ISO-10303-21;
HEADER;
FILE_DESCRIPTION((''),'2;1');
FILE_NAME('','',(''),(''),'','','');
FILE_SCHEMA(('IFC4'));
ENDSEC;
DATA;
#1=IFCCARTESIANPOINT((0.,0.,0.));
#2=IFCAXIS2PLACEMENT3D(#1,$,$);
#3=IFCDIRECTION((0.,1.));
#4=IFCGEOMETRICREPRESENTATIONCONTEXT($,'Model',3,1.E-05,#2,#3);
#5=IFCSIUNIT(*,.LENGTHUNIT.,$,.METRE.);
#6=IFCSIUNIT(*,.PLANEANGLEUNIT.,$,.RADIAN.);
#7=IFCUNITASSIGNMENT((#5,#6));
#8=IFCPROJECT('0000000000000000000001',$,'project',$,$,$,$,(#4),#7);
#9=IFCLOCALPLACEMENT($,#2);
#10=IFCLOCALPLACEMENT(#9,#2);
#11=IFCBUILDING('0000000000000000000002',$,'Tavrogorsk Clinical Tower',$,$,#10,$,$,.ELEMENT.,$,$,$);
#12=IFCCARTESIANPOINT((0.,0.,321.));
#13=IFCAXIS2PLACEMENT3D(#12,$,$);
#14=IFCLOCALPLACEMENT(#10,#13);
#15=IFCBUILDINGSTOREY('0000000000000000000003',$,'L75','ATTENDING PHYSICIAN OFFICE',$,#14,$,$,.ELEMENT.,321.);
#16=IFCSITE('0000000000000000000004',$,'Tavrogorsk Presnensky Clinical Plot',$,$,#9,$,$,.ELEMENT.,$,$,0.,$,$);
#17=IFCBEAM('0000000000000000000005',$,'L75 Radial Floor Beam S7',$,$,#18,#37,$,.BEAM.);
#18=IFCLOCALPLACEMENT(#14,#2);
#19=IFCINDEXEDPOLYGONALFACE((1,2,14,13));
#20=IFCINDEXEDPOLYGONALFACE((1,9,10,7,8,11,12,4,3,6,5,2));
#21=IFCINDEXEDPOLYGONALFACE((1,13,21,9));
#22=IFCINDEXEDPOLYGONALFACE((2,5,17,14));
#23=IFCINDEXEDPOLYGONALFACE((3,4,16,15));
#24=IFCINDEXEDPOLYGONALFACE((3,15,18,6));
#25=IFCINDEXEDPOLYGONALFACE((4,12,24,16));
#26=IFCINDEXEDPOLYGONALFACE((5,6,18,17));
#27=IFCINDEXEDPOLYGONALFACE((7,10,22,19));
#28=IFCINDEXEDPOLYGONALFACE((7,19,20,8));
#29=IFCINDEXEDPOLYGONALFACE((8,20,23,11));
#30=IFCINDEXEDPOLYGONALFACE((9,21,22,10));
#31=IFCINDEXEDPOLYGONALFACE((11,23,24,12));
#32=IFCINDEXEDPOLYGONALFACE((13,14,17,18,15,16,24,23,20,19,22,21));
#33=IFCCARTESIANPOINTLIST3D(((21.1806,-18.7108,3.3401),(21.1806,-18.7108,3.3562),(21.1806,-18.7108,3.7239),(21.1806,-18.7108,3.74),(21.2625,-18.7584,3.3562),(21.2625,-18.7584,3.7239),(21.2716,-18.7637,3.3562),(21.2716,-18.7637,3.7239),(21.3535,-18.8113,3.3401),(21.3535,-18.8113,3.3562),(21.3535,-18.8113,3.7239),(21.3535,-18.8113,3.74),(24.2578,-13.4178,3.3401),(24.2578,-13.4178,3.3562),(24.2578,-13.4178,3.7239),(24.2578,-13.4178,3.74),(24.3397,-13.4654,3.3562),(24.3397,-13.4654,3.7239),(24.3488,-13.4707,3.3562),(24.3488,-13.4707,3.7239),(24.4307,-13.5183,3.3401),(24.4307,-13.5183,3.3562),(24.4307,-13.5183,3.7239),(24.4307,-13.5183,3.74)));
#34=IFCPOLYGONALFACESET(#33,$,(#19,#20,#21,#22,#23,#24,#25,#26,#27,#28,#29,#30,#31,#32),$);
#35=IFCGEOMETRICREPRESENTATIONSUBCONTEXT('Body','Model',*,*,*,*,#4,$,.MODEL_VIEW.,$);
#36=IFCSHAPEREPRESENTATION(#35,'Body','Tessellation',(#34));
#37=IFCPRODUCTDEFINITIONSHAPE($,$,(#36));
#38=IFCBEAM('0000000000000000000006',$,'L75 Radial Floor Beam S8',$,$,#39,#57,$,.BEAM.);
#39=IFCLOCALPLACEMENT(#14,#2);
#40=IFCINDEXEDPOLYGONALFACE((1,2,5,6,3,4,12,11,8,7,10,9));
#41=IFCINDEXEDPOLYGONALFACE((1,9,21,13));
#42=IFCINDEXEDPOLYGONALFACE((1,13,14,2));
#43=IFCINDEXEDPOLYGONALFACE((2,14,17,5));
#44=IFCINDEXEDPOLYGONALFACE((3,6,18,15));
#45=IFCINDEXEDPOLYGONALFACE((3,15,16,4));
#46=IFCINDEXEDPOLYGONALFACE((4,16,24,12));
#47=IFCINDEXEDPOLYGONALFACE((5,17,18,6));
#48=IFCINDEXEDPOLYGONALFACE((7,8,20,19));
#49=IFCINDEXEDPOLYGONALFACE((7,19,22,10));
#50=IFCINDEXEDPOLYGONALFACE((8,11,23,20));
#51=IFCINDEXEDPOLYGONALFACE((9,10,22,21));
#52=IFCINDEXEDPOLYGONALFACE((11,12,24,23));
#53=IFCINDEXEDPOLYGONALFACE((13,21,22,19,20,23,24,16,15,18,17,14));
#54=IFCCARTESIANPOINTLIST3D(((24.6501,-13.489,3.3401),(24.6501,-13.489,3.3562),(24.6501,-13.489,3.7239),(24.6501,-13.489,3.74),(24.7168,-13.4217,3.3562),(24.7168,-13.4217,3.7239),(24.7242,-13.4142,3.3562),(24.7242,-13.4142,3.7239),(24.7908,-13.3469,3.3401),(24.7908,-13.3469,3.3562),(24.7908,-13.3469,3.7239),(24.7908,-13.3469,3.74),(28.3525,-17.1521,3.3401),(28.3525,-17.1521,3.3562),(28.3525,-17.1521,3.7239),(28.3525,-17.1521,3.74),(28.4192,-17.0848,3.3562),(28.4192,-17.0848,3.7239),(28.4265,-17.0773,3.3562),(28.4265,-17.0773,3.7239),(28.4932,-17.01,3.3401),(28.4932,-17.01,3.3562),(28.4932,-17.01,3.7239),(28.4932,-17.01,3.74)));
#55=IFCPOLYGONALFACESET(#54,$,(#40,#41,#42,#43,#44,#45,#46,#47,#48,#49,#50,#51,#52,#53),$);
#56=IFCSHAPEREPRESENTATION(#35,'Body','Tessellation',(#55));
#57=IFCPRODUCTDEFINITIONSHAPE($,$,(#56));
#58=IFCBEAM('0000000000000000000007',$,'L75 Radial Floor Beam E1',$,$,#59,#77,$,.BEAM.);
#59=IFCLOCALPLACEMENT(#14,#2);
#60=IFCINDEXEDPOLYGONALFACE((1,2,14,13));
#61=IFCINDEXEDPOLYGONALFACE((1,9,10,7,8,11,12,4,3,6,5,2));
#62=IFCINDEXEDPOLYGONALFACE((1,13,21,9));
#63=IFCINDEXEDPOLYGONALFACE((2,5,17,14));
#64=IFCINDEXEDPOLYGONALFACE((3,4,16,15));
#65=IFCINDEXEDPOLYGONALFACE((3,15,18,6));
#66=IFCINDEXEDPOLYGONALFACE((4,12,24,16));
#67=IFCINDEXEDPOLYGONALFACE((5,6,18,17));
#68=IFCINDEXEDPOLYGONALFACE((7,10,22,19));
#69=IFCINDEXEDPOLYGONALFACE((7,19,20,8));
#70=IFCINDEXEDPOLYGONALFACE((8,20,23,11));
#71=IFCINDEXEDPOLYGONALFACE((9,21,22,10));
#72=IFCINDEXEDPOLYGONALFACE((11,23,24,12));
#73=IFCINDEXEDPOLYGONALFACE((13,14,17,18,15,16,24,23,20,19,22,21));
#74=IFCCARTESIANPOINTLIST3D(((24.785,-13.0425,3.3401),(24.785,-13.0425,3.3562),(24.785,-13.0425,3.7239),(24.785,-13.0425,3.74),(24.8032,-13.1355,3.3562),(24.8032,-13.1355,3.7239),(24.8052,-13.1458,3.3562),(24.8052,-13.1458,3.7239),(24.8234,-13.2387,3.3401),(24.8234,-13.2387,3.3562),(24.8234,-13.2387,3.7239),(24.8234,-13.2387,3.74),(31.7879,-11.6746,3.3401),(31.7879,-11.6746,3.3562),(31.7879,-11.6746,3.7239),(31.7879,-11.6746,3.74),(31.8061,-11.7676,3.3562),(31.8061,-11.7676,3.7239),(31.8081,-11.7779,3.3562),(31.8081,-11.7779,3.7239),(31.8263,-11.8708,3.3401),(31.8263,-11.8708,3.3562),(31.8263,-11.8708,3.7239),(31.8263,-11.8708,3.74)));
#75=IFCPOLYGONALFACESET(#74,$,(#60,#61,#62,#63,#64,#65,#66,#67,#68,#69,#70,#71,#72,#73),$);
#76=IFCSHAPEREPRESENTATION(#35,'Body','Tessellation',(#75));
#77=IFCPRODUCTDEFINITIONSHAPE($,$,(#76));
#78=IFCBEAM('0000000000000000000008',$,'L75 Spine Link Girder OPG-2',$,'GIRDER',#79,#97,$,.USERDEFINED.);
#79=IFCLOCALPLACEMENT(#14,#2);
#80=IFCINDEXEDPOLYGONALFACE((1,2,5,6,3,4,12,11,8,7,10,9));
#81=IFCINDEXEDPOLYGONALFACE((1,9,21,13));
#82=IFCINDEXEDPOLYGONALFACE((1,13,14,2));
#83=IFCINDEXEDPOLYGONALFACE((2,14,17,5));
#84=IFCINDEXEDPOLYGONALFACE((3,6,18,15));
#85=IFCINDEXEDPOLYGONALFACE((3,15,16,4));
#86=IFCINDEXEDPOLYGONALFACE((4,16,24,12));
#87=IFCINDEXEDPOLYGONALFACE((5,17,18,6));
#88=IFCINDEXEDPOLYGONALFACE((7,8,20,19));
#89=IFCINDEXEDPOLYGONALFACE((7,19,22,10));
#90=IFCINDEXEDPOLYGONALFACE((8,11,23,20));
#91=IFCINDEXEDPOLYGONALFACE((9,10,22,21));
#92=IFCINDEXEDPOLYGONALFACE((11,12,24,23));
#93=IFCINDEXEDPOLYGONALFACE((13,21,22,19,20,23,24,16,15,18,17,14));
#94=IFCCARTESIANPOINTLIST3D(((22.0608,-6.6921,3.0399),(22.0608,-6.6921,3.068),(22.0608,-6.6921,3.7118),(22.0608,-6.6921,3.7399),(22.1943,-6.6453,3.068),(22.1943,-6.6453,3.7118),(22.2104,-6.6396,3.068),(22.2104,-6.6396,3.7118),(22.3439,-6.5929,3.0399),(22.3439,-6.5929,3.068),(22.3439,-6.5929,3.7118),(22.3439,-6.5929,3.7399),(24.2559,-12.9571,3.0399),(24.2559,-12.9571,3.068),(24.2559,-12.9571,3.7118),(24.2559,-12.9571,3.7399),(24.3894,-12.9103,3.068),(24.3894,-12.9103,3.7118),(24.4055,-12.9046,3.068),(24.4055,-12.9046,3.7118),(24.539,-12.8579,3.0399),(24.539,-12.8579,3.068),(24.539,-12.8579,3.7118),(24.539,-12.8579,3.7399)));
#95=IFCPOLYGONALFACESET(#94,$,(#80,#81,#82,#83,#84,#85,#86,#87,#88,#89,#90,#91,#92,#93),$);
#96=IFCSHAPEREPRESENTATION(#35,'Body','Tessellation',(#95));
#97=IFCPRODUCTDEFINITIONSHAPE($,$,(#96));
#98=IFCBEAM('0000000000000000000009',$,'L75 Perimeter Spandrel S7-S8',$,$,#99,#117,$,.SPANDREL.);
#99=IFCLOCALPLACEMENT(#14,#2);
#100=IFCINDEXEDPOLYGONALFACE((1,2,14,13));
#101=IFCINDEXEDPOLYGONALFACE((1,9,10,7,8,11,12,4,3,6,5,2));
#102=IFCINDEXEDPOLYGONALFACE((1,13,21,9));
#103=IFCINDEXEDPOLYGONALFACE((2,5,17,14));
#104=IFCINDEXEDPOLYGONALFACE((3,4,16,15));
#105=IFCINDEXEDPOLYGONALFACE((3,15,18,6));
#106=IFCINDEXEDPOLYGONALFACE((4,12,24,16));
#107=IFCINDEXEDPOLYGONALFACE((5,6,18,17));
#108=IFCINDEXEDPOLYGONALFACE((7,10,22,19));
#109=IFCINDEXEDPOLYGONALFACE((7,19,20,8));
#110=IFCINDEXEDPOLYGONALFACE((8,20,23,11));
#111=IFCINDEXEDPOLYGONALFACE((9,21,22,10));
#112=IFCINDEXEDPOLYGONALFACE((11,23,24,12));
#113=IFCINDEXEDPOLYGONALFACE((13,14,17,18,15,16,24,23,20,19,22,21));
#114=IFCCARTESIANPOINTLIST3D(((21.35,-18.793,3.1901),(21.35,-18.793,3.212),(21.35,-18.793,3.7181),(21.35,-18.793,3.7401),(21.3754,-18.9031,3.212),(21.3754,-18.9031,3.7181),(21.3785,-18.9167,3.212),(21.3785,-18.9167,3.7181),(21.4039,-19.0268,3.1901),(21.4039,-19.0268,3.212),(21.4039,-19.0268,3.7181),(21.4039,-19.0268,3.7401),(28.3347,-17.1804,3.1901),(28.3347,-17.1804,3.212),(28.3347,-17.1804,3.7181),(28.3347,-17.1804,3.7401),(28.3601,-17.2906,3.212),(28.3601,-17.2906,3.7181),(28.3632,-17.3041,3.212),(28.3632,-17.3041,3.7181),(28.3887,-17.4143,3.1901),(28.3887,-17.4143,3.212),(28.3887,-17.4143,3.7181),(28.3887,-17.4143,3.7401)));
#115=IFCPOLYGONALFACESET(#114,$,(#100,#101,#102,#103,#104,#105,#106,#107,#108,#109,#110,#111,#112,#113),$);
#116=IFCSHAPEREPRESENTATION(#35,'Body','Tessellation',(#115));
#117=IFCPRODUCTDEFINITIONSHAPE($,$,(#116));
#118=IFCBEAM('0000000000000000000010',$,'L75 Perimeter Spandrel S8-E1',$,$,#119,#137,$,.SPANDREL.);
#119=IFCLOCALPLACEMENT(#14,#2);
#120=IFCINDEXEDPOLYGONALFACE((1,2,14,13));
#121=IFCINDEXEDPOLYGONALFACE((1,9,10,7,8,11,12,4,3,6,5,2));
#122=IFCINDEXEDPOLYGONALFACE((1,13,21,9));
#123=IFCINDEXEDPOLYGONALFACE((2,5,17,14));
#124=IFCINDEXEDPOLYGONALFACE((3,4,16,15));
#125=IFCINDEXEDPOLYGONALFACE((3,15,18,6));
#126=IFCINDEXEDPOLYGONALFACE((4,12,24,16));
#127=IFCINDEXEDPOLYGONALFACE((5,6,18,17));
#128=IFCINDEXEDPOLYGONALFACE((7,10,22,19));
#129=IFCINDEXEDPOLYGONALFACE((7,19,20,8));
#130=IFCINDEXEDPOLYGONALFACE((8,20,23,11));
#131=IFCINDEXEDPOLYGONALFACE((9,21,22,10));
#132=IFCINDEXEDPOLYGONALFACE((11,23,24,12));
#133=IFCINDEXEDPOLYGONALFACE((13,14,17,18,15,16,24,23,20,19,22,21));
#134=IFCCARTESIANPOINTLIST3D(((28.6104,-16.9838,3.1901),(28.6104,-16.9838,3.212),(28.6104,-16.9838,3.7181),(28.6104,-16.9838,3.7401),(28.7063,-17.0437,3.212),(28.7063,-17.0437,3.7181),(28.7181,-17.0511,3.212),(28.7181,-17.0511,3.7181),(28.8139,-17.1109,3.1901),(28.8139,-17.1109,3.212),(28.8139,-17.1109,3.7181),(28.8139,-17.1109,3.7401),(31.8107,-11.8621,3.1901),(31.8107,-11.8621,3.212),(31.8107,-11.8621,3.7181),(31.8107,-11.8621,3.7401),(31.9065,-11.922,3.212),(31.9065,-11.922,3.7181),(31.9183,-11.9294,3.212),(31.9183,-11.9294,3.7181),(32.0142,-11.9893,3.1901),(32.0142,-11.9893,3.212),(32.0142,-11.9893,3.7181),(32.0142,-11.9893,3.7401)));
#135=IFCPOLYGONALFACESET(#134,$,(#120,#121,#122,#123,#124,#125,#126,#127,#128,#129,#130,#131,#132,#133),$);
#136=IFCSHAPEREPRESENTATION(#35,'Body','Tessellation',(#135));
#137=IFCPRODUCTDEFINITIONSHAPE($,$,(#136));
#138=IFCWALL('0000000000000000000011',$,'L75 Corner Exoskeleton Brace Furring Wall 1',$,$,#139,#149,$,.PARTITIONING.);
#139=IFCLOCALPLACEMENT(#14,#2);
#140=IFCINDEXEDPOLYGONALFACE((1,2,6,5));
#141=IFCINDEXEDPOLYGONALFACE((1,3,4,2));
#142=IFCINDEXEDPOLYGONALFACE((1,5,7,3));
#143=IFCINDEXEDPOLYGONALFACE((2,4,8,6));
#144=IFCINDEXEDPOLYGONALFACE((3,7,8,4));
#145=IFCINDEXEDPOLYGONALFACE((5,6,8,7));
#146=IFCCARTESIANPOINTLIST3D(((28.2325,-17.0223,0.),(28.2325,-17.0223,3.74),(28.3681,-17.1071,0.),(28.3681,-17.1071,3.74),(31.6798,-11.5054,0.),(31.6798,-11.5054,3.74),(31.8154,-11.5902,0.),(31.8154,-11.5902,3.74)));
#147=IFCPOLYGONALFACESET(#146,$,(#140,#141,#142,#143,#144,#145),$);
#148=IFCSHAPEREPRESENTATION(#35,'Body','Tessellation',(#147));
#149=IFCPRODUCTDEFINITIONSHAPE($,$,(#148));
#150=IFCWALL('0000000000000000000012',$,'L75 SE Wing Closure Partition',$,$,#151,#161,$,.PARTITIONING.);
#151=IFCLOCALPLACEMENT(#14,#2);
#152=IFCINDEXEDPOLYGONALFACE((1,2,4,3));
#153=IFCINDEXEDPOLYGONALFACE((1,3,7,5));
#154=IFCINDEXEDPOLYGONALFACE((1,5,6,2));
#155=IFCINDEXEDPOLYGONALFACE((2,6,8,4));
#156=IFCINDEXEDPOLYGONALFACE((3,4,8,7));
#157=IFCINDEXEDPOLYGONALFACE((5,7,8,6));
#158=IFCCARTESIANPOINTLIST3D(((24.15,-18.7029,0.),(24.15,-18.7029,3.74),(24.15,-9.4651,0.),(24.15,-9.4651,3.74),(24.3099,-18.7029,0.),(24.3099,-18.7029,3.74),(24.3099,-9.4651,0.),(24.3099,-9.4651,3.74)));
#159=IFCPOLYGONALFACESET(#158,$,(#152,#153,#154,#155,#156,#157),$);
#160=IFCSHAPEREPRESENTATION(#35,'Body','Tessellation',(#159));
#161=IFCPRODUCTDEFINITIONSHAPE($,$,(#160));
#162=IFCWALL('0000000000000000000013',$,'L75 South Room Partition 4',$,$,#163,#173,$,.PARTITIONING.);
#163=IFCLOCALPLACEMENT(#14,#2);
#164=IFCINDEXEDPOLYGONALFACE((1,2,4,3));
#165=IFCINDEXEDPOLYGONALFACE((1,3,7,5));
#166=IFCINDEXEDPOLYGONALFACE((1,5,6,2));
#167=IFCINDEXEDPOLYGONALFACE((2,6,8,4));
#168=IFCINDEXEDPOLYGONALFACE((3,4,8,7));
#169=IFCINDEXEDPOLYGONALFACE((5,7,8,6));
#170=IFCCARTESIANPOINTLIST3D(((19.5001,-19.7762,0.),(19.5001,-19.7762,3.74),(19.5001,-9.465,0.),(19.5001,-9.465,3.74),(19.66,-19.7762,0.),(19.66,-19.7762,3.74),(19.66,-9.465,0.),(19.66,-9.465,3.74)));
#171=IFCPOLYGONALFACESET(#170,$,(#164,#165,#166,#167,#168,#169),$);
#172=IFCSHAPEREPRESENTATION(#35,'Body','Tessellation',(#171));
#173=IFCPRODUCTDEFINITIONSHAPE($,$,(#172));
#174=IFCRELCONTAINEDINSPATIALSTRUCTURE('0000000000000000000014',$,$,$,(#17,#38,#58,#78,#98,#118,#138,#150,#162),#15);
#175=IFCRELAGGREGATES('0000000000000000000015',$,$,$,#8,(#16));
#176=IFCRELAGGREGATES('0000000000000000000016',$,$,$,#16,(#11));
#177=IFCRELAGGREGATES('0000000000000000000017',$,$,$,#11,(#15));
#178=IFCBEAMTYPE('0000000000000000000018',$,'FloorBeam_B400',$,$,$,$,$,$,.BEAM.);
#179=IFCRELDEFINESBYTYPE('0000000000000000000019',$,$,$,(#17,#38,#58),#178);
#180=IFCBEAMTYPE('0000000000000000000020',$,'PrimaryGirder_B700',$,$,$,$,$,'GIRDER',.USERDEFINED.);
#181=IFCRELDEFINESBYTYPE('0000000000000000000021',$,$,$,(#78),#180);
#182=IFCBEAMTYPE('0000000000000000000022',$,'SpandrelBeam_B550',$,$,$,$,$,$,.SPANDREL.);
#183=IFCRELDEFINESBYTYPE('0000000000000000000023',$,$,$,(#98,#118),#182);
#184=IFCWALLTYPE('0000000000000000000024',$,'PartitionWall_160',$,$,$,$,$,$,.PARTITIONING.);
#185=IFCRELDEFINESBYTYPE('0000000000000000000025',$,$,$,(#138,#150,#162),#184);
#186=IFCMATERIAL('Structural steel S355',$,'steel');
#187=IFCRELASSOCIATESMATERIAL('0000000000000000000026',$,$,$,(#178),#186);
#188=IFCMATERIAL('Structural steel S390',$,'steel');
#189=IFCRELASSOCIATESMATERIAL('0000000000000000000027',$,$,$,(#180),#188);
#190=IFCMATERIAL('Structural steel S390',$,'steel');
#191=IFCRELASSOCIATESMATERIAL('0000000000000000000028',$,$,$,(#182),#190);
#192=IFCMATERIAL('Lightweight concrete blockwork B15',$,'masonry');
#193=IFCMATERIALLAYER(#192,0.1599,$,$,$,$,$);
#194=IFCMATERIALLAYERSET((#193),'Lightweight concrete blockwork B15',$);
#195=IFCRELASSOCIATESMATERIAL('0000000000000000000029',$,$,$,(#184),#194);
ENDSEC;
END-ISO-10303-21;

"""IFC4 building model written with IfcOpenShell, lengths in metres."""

from ifc_helpers import new_model, si_unit, direction, frame, frame_2d, origin, origin_2d, place, context, subcontext, project, spatial, rectangle, i_section, extrude, material, layer, layer_set, material_profile, profile_set, type_object, element, save


model = new_model("IFC4")

# Units and contexts
model_context = context("Model", 3, precision=1e-05, world=origin(), true_north=direction((0.0, 1.0)))
body_context = subcontext(model_context, "Body", "Model", "MODEL_VIEW")
ifc_project = project(units=[si_unit("LENGTHUNIT", "METRE"), si_unit("PLANEANGLEUNIT", "RADIAN")], contexts=[model_context])

# Site, building, storey
site_placement = place(None, origin())
site = spatial("IfcSite", under=ifc_project, at=site_placement, Name="Tavrogorsk Presnensky Clinical Plot", CompositionType="ELEMENT", RefElevation=0.0)
building_placement = place(site_placement, origin())
building = spatial("IfcBuilding", under=site, at=building_placement, Name="Tavrogorsk Clinical Tower", CompositionType="ELEMENT")
storey_placement = place(building_placement, frame((0.0, 0.0, 321.0)))
storey = spatial("IfcBuildingStorey", under=building, at=storey_placement, Name="L75", Description="ATTENDING PHYSICIAN OFFICE", CompositionType="ELEMENT", Elevation=321.0)

# Beams
ifc_material_1 = material(Name="Structural steel S355", Category="steel")
ifc_material_profile_1 = material_profile(ifc_material_1, i_section(OverallWidth=0.2, OverallDepth=0.3999, WebThickness=0.0105, FlangeThickness=0.0161, at=origin_2d()), Name="B-400x200x10.5x16")
ifc_profile_set_1 = profile_set([ifc_material_profile_1], Name="Structural steel S355")
beam_type_1 = type_object("IfcBeamType", Name="FloorBeam_B400", PredefinedType="BEAM", material=ifc_profile_set_1)
beam_1_placement = place(storey_placement, frame((24.3442, -13.468, 3.54), z_axis=(-0.502601, -0.864518, 0.0), x_axis=(0.864518, -0.502601, 0.0)))
element("IfcBeam", 1, at=beam_1_placement, inside=storey, type_object=beam_type_1, Name="L75 Radial Floor Beam S7", PredefinedType="BEAM", context=body_context, shape_type="SweptSolid", body=[
    extrude(i_section(OverallWidth=0.2, OverallDepth=0.3999, WebThickness=0.0105, FlangeThickness=0.0161, at=origin_2d()), origin(), (0.0, 0.0, 1.0), 6.1226),
])
beam_2_placement = place(storey_placement, frame((24.7205, -13.418, 3.54), z_axis=(0.71087, -0.703323, 0.0), x_axis=(0.703323, 0.71087, 0.0)))
element("IfcBeam", 2, at=beam_2_placement, inside=storey, type_object=beam_type_1, Name="L75 Radial Floor Beam S8", PredefinedType="BEAM", context=body_context, shape_type="SweptSolid", body=[
    extrude(i_section(OverallWidth=0.2, OverallDepth=0.3999, WebThickness=0.0105, FlangeThickness=0.0161, at=origin_2d()), origin(), (0.0, 0.0, 1.0), 5.2083),
])
beam_3_placement = place(storey_placement, frame((24.8042, -13.1406, 3.54), z_axis=(0.981451, 0.191712, 0.0), x_axis=(-0.191712, 0.981451, 0.0)))
element("IfcBeam", 3, at=beam_3_placement, inside=storey, type_object=beam_type_1, Name="L75 Radial Floor Beam E1", PredefinedType="BEAM", context=body_context, shape_type="SweptSolid", body=[
    extrude(i_section(OverallWidth=0.2, OverallDepth=0.3999, WebThickness=0.0105, FlangeThickness=0.0161, at=origin_2d()), origin(), (0.0, 0.0, 1.0), 7.1353),
])
ifc_material_2 = material(Name="Structural steel S390", Category="steel")
ifc_material_profile_2 = material_profile(ifc_material_2, i_section(OverallWidth=0.3, OverallDepth=0.7, WebThickness=0.0171, FlangeThickness=0.0281, at=origin_2d()), Name="B-700x300x17x28")
ifc_profile_set_2 = profile_set([ifc_material_profile_2], Name="Structural steel S390")
beam_type_2 = type_object("IfcBeamType", Name="PrimaryGirder_B700", ElementType="GIRDER", PredefinedType="USERDEFINED", material=ifc_profile_set_2)
beam_4_placement = place(storey_placement, frame((24.3975, -12.9075, 3.3899), z_axis=(-0.330667, 0.943748, 0.0), x_axis=(-0.943748, -0.330667, 0.0)))
element("IfcBeam", 4, at=beam_4_placement, inside=storey, type_object=beam_type_2, Name="L75 Spine Link Girder OPG-2", ObjectType="GIRDER", PredefinedType="USERDEFINED", context=body_context, shape_type="SweptSolid", body=[
    extrude(i_section(OverallWidth=0.3, OverallDepth=0.7, WebThickness=0.0171, FlangeThickness=0.0281, at=origin_2d()), origin(), (0.0, 0.0, 1.0), 6.6384),
])
ifc_material_3 = material(Name="Structural steel S390", Category="steel")
ifc_material_profile_3 = material_profile(ifc_material_3, i_section(OverallWidth=0.24, OverallDepth=0.55, WebThickness=0.0139, FlangeThickness=0.022, at=origin_2d()), Name="B-550x240x14x22")
ifc_profile_set_3 = profile_set([ifc_material_profile_3], Name="Structural steel S390")
beam_type_3 = type_object("IfcBeamType", Name="SpandrelBeam_B550", PredefinedType="SPANDREL", material=ifc_profile_set_3)
beam_5_placement = place(storey_placement, frame((21.377, -18.9099, 3.4651), z_axis=(0.974369, 0.224954, 0.0), x_axis=(-0.224954, 0.974369, 0.0)))
element("IfcBeam", 5, at=beam_5_placement, inside=storey, type_object=beam_type_3, Name="L75 Perimeter Spandrel S7-S8", PredefinedType="SPANDREL", context=body_context, shape_type="SweptSolid", body=[
    extrude(i_section(OverallWidth=0.24, OverallDepth=0.55, WebThickness=0.0139, FlangeThickness=0.022, at=origin_2d()), origin(), (0.0, 0.0, 1.0), 7.1685),
])
beam_6_placement = place(storey_placement, frame((28.7122, -17.0474, 3.4651), z_axis=(0.529904, 0.848057, 0.0), x_axis=(-0.848057, 0.529904, 0.0)))
element("IfcBeam", 6, at=beam_6_placement, inside=storey, type_object=beam_type_3, Name="L75 Perimeter Spandrel S8-E1", PredefinedType="SPANDREL", context=body_context, shape_type="SweptSolid", body=[
    extrude(i_section(OverallWidth=0.24, OverallDepth=0.55, WebThickness=0.0139, FlangeThickness=0.022, at=origin_2d()), origin(), (0.0, 0.0, 1.0), 6.0393),
])

# Walls
ifc_material_4 = material(Name="Lightweight concrete blockwork B15", Category="masonry")
ifc_layer_1 = layer(ifc_material_4, 0.1599)
ifc_layer_set_1 = layer_set([ifc_layer_1], Name="Lightweight concrete blockwork B15")
wall_type_1 = type_object("IfcWallType", Name="PartitionWall_160", PredefinedType="PARTITIONING", material=ifc_layer_set_1)
wall_1_placement = place(storey_placement, frame((28.3003, -17.0647, 0.0), z_axis=(0.0, 0.0, 1.0), x_axis=(0.529915, 0.848051, 0.0)))
element("IfcWall", 7, at=wall_1_placement, inside=storey, type_object=wall_type_1, Name="L75 Corner Exoskeleton Brace Furring Wall 1", PredefinedType="PARTITIONING", context=body_context, shape_type="SweptSolid", body=[
    extrude(rectangle(XDim=6.5054, YDim=0.1599, at=frame_2d((3.2527, 0.0))), origin(), (0.0, 0.0, 1.0), 3.74),
])
wall_2_placement = place(storey_placement, frame((24.23, -18.7029, 0.0), z_axis=(0.0, 0.0, 1.0), x_axis=(0.0, 1.0, 0.0)))
element("IfcWall", 8, at=wall_2_placement, inside=storey, type_object=wall_type_1, Name="L75 SE Wing Closure Partition", PredefinedType="PARTITIONING", context=body_context, shape_type="SweptSolid", body=[
    extrude(rectangle(XDim=9.2378, YDim=0.1599, at=frame_2d((4.6189, 0.0))), origin(), (0.0, 0.0, 1.0), 3.74),
])
wall_3_placement = place(storey_placement, frame((19.5801, -19.7764, 0.0), z_axis=(0.0, 0.0, 1.0), x_axis=(0.0, 1.0, 0.0)))
element("IfcWall", 9, at=wall_3_placement, inside=storey, type_object=wall_type_1, Name="L75 South Room Partition 4", PredefinedType="PARTITIONING", context=body_context, shape_type="SweptSolid", body=[
    extrude(rectangle(XDim=10.3113, YDim=0.1599, at=frame_2d((5.1558, 0.0))), origin(), (0.0, 0.0, 1.0), 3.74),
])

save(model, "model.ifc")
